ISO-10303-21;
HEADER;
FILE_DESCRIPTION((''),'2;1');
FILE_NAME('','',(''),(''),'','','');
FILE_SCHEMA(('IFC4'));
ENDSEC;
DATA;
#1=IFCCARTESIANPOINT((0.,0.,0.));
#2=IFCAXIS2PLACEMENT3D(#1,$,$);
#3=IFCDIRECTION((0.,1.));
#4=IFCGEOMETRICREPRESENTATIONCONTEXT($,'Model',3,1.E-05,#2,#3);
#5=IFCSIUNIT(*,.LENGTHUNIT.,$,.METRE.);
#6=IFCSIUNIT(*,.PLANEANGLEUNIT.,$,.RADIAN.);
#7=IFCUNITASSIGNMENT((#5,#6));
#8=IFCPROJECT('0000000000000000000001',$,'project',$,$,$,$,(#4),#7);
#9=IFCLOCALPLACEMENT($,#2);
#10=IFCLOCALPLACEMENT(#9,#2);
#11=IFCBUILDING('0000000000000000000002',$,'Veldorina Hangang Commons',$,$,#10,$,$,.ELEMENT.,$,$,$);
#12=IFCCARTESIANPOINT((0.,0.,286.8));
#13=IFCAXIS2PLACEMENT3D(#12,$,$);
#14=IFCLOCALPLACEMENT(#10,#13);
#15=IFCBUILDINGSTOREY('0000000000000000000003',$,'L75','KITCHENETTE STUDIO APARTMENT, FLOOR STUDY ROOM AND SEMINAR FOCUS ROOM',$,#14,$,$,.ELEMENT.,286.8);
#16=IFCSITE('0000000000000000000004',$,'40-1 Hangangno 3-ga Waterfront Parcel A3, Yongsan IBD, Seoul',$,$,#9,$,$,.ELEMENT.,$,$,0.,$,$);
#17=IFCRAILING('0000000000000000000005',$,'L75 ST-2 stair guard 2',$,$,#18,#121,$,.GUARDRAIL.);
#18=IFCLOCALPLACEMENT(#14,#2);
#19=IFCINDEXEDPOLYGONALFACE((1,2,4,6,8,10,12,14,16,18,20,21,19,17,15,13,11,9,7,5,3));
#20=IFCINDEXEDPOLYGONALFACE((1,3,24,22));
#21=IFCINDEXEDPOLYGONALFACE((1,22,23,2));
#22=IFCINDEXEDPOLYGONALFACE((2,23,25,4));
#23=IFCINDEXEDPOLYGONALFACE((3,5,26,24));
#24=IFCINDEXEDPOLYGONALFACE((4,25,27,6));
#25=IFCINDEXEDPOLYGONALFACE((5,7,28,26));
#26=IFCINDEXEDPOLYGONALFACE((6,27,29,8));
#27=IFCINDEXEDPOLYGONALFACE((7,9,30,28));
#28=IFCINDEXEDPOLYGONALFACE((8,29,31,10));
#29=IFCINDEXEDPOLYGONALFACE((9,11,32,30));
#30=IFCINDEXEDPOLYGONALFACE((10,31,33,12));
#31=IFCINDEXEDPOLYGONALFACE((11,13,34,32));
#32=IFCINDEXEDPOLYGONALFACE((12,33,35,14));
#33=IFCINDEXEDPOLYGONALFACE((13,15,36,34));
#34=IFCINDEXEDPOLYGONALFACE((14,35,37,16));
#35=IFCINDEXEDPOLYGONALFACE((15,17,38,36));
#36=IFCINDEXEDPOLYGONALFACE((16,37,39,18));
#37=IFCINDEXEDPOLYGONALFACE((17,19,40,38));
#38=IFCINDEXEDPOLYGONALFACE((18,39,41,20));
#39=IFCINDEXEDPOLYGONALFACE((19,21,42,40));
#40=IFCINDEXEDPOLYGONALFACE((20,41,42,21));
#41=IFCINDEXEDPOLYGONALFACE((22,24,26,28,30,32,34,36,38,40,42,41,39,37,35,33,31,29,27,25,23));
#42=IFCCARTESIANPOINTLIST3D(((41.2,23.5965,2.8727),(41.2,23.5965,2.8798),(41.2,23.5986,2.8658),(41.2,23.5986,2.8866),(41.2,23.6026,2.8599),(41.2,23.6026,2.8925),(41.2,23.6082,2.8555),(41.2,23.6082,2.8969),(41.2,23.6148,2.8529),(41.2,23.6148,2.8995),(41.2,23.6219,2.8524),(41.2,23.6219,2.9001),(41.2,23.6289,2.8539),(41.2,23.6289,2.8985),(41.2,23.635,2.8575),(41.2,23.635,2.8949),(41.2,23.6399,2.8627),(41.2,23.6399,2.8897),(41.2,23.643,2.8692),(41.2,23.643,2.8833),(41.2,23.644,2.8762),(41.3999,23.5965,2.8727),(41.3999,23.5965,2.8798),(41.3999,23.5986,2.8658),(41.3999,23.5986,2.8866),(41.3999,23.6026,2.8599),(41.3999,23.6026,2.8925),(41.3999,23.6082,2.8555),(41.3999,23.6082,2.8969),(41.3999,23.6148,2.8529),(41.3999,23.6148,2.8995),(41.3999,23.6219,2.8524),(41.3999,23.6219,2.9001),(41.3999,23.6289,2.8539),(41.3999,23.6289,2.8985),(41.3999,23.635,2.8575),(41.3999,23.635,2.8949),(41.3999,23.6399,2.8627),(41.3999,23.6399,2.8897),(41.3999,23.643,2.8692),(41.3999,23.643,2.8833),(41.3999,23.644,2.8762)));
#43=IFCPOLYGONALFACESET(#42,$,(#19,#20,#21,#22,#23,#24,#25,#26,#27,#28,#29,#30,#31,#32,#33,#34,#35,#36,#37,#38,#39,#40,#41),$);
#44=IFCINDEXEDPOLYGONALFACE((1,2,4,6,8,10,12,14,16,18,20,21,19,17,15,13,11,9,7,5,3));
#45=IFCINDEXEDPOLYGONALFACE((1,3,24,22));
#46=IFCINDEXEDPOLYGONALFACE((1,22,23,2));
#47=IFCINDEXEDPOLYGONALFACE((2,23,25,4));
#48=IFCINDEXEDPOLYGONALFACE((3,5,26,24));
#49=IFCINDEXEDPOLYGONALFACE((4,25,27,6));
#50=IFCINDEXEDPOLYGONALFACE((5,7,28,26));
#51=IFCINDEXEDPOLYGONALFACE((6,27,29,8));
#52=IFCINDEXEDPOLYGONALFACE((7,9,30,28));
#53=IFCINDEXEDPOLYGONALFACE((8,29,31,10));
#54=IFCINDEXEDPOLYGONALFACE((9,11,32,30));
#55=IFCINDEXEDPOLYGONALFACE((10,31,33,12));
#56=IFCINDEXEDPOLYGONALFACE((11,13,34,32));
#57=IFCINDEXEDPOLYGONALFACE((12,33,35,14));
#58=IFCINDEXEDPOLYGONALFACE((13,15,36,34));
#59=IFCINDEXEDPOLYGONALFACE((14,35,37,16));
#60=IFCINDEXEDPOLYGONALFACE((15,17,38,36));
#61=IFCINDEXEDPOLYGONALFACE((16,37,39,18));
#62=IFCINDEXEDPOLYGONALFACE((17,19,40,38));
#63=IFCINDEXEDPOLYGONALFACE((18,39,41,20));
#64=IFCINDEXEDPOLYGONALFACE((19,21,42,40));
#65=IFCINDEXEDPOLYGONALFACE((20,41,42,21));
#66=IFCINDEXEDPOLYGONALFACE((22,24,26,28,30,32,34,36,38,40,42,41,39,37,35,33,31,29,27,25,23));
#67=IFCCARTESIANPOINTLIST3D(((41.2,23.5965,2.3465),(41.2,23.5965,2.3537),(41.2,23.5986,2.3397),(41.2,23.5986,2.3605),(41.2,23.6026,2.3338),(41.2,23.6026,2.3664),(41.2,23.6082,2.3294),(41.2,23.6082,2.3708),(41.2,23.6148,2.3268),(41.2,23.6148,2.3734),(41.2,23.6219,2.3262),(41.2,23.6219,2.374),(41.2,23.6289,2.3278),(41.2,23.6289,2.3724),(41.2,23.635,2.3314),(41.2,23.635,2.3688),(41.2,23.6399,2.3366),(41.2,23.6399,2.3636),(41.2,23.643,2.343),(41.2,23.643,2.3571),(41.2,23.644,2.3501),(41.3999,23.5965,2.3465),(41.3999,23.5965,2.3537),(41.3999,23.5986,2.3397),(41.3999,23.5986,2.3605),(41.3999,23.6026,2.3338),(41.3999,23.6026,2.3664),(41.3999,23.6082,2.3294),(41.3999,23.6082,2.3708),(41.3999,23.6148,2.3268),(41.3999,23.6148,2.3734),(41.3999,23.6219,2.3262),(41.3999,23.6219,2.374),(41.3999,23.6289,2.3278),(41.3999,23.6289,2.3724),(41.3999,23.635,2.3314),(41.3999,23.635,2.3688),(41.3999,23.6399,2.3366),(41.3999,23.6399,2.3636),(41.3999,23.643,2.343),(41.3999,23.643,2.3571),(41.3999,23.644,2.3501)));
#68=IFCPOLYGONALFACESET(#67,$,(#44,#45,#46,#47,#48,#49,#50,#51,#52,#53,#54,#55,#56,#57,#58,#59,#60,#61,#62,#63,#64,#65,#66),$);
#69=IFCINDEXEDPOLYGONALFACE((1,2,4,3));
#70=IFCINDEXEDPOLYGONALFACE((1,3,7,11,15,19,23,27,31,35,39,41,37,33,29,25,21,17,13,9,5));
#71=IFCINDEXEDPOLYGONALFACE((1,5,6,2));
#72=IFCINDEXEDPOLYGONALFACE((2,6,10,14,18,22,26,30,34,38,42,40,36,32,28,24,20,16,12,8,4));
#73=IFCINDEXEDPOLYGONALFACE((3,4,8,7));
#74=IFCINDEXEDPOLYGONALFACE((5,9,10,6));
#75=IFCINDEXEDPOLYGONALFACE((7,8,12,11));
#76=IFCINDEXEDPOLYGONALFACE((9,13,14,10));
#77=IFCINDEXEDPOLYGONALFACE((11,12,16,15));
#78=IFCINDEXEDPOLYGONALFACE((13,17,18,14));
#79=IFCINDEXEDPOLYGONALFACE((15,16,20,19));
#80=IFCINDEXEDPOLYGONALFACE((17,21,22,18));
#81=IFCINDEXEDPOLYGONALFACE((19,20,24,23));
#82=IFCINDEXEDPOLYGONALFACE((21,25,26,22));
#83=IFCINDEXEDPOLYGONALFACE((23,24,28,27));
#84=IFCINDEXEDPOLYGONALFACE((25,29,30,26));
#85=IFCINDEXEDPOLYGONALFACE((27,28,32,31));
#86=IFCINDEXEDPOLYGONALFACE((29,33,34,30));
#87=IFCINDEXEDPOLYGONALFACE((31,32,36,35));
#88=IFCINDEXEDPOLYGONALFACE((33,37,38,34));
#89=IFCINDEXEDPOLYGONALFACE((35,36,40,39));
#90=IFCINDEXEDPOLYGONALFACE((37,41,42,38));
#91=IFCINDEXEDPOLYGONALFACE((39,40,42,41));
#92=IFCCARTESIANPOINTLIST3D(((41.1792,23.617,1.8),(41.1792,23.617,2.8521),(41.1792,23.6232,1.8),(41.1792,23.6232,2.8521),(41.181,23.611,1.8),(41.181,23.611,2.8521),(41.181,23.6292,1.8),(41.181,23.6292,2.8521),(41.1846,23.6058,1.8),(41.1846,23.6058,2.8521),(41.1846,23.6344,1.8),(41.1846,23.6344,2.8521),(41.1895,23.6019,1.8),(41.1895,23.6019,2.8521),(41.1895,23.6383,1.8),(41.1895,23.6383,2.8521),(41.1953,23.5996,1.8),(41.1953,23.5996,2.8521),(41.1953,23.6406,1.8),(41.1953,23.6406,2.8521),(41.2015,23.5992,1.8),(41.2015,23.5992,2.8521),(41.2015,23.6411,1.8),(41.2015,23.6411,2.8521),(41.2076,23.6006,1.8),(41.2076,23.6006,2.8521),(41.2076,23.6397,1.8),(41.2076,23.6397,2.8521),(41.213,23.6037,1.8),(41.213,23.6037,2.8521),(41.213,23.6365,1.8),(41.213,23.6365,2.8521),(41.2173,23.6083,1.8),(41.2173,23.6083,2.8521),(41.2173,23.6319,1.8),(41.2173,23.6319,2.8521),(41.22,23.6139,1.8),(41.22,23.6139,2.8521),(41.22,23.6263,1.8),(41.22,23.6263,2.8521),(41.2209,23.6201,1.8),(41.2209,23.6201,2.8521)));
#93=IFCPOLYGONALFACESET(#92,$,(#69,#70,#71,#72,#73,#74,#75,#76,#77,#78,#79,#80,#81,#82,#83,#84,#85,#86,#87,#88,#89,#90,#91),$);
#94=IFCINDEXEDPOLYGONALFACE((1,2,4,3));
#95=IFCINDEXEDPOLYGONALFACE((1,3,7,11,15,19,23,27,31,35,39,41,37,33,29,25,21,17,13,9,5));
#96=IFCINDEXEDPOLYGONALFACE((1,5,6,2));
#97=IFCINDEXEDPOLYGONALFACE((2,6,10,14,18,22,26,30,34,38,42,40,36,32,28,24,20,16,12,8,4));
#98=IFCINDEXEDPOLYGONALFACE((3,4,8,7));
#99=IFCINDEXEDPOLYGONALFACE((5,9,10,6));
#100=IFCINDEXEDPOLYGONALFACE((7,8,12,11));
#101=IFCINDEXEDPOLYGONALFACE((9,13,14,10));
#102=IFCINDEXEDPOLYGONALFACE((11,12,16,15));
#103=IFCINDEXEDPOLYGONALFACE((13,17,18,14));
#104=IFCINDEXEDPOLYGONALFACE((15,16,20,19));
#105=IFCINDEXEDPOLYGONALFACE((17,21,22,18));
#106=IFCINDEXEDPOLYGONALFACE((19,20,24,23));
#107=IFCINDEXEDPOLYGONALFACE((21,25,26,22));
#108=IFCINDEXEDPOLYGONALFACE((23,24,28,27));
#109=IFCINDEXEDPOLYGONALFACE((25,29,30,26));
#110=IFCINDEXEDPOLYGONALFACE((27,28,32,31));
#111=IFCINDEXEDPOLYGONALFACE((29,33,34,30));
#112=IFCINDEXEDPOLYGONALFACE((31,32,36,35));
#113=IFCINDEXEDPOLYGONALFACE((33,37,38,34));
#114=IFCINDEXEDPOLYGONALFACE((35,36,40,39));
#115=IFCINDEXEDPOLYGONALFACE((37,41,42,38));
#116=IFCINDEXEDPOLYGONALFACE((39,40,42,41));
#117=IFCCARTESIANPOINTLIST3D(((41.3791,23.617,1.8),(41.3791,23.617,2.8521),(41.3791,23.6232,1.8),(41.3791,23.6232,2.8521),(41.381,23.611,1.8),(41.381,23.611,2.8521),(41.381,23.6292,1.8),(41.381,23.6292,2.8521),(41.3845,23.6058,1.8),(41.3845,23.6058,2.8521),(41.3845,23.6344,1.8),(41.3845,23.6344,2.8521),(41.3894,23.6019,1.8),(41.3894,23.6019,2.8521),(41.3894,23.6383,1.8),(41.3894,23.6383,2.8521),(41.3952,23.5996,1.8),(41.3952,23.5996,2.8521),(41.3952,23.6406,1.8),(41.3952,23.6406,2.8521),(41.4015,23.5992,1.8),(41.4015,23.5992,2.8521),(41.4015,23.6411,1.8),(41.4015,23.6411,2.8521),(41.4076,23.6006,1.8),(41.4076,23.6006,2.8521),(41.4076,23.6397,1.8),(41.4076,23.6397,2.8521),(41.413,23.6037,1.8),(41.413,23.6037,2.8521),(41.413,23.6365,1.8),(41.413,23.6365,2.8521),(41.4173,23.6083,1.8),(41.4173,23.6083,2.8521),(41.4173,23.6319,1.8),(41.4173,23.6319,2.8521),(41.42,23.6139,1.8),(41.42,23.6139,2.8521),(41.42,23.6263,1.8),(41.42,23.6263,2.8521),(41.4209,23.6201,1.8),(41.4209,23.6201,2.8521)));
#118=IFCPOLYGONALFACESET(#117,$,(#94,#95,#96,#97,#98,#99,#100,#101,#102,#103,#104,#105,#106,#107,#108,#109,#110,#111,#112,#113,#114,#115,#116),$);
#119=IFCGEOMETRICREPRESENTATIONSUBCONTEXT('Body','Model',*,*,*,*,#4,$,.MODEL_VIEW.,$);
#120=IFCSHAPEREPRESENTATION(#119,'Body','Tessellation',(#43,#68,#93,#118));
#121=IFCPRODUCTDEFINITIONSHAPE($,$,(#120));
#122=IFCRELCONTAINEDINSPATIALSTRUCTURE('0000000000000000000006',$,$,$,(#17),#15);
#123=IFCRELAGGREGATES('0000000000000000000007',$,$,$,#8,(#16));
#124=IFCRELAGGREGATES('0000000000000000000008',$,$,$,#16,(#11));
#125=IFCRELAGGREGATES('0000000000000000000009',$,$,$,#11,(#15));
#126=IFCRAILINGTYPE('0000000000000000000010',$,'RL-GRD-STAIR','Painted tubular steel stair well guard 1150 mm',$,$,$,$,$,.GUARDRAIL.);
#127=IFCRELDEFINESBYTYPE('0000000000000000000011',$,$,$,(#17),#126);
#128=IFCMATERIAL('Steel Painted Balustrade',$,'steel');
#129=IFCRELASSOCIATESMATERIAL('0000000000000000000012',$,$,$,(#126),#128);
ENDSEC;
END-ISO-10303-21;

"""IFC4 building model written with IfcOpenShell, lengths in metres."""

from ifc_helpers import new_model, si_unit, direction, frame, origin, origin_2d, place, context, subcontext, project, spatial, circle, extrude, material, type_object, element, save


model = new_model("IFC4")

# Units and contexts
model_context = context("Model", 3, precision=1e-05, world=origin(), true_north=direction((0.0, 1.0)))
body_context = subcontext(model_context, "Body", "Model", "MODEL_VIEW")
ifc_project = project(units=[si_unit("LENGTHUNIT", "METRE"), si_unit("PLANEANGLEUNIT", "RADIAN")], contexts=[model_context])

# Site, building, storey
site_placement = place(None, origin())
site = spatial("IfcSite", under=ifc_project, at=site_placement, Name="40-1 Hangangno 3-ga Waterfront Parcel A3, Yongsan IBD, Seoul", CompositionType="ELEMENT", RefElevation=0.0)
building_placement = place(site_placement, origin())
building = spatial("IfcBuilding", under=site, at=building_placement, Name="Veldorina Hangang Commons", CompositionType="ELEMENT")
storey_placement = place(building_placement, frame((0.0, 0.0, 286.8)))
storey = spatial("IfcBuildingStorey", under=building, at=storey_placement, Name="L75", Description="KITCHENETTE STUDIO APARTMENT, FLOOR STUDY ROOM AND SEMINAR FOCUS ROOM", CompositionType="ELEMENT", Elevation=286.8)

# Railing
ifc_material_1 = material(Name="Steel Painted Balustrade", Category="steel")
railing_type_1 = type_object("IfcRailingType", Name="RL-GRD-STAIR", Description="Painted tubular steel stair well guard 1150 mm", PredefinedType="GUARDRAIL", material=ifc_material_1)
railing_1_placement = place(storey_placement, frame((41.2, 23.6201, 1.8)))
element("IfcRailing", 1, at=railing_1_placement, inside=storey, type_object=railing_type_1, Name="L75 ST-2 stair guard 2", PredefinedType="GUARDRAIL", context=body_context, shape_type="SweptSolid", body=[
    extrude(circle(Radius=0.0239, at=origin_2d()), frame((0.0, 0.0, 1.0762), z_axis=(1.0, 0.0, 0.0), x_axis=(0.0, 1.0, 0.0)), (0.0, 0.0, 1.0), 0.2),
    extrude(circle(Radius=0.0239, at=origin_2d()), frame((0.0, 0.0, 0.55), z_axis=(1.0, 0.0, 0.0), x_axis=(0.0, 1.0, 0.0)), (0.0, 0.0, 1.0), 0.2),
    extrude(circle(Radius=0.021, at=origin_2d()), origin(), (0.0, 0.0, 1.0), 1.052),
    extrude(circle(Radius=0.021, at=origin_2d()), frame((0.2, 0.0, 0.0)), (0.0, 0.0, 1.0), 1.052),
])

save(model, "model.ifc")
